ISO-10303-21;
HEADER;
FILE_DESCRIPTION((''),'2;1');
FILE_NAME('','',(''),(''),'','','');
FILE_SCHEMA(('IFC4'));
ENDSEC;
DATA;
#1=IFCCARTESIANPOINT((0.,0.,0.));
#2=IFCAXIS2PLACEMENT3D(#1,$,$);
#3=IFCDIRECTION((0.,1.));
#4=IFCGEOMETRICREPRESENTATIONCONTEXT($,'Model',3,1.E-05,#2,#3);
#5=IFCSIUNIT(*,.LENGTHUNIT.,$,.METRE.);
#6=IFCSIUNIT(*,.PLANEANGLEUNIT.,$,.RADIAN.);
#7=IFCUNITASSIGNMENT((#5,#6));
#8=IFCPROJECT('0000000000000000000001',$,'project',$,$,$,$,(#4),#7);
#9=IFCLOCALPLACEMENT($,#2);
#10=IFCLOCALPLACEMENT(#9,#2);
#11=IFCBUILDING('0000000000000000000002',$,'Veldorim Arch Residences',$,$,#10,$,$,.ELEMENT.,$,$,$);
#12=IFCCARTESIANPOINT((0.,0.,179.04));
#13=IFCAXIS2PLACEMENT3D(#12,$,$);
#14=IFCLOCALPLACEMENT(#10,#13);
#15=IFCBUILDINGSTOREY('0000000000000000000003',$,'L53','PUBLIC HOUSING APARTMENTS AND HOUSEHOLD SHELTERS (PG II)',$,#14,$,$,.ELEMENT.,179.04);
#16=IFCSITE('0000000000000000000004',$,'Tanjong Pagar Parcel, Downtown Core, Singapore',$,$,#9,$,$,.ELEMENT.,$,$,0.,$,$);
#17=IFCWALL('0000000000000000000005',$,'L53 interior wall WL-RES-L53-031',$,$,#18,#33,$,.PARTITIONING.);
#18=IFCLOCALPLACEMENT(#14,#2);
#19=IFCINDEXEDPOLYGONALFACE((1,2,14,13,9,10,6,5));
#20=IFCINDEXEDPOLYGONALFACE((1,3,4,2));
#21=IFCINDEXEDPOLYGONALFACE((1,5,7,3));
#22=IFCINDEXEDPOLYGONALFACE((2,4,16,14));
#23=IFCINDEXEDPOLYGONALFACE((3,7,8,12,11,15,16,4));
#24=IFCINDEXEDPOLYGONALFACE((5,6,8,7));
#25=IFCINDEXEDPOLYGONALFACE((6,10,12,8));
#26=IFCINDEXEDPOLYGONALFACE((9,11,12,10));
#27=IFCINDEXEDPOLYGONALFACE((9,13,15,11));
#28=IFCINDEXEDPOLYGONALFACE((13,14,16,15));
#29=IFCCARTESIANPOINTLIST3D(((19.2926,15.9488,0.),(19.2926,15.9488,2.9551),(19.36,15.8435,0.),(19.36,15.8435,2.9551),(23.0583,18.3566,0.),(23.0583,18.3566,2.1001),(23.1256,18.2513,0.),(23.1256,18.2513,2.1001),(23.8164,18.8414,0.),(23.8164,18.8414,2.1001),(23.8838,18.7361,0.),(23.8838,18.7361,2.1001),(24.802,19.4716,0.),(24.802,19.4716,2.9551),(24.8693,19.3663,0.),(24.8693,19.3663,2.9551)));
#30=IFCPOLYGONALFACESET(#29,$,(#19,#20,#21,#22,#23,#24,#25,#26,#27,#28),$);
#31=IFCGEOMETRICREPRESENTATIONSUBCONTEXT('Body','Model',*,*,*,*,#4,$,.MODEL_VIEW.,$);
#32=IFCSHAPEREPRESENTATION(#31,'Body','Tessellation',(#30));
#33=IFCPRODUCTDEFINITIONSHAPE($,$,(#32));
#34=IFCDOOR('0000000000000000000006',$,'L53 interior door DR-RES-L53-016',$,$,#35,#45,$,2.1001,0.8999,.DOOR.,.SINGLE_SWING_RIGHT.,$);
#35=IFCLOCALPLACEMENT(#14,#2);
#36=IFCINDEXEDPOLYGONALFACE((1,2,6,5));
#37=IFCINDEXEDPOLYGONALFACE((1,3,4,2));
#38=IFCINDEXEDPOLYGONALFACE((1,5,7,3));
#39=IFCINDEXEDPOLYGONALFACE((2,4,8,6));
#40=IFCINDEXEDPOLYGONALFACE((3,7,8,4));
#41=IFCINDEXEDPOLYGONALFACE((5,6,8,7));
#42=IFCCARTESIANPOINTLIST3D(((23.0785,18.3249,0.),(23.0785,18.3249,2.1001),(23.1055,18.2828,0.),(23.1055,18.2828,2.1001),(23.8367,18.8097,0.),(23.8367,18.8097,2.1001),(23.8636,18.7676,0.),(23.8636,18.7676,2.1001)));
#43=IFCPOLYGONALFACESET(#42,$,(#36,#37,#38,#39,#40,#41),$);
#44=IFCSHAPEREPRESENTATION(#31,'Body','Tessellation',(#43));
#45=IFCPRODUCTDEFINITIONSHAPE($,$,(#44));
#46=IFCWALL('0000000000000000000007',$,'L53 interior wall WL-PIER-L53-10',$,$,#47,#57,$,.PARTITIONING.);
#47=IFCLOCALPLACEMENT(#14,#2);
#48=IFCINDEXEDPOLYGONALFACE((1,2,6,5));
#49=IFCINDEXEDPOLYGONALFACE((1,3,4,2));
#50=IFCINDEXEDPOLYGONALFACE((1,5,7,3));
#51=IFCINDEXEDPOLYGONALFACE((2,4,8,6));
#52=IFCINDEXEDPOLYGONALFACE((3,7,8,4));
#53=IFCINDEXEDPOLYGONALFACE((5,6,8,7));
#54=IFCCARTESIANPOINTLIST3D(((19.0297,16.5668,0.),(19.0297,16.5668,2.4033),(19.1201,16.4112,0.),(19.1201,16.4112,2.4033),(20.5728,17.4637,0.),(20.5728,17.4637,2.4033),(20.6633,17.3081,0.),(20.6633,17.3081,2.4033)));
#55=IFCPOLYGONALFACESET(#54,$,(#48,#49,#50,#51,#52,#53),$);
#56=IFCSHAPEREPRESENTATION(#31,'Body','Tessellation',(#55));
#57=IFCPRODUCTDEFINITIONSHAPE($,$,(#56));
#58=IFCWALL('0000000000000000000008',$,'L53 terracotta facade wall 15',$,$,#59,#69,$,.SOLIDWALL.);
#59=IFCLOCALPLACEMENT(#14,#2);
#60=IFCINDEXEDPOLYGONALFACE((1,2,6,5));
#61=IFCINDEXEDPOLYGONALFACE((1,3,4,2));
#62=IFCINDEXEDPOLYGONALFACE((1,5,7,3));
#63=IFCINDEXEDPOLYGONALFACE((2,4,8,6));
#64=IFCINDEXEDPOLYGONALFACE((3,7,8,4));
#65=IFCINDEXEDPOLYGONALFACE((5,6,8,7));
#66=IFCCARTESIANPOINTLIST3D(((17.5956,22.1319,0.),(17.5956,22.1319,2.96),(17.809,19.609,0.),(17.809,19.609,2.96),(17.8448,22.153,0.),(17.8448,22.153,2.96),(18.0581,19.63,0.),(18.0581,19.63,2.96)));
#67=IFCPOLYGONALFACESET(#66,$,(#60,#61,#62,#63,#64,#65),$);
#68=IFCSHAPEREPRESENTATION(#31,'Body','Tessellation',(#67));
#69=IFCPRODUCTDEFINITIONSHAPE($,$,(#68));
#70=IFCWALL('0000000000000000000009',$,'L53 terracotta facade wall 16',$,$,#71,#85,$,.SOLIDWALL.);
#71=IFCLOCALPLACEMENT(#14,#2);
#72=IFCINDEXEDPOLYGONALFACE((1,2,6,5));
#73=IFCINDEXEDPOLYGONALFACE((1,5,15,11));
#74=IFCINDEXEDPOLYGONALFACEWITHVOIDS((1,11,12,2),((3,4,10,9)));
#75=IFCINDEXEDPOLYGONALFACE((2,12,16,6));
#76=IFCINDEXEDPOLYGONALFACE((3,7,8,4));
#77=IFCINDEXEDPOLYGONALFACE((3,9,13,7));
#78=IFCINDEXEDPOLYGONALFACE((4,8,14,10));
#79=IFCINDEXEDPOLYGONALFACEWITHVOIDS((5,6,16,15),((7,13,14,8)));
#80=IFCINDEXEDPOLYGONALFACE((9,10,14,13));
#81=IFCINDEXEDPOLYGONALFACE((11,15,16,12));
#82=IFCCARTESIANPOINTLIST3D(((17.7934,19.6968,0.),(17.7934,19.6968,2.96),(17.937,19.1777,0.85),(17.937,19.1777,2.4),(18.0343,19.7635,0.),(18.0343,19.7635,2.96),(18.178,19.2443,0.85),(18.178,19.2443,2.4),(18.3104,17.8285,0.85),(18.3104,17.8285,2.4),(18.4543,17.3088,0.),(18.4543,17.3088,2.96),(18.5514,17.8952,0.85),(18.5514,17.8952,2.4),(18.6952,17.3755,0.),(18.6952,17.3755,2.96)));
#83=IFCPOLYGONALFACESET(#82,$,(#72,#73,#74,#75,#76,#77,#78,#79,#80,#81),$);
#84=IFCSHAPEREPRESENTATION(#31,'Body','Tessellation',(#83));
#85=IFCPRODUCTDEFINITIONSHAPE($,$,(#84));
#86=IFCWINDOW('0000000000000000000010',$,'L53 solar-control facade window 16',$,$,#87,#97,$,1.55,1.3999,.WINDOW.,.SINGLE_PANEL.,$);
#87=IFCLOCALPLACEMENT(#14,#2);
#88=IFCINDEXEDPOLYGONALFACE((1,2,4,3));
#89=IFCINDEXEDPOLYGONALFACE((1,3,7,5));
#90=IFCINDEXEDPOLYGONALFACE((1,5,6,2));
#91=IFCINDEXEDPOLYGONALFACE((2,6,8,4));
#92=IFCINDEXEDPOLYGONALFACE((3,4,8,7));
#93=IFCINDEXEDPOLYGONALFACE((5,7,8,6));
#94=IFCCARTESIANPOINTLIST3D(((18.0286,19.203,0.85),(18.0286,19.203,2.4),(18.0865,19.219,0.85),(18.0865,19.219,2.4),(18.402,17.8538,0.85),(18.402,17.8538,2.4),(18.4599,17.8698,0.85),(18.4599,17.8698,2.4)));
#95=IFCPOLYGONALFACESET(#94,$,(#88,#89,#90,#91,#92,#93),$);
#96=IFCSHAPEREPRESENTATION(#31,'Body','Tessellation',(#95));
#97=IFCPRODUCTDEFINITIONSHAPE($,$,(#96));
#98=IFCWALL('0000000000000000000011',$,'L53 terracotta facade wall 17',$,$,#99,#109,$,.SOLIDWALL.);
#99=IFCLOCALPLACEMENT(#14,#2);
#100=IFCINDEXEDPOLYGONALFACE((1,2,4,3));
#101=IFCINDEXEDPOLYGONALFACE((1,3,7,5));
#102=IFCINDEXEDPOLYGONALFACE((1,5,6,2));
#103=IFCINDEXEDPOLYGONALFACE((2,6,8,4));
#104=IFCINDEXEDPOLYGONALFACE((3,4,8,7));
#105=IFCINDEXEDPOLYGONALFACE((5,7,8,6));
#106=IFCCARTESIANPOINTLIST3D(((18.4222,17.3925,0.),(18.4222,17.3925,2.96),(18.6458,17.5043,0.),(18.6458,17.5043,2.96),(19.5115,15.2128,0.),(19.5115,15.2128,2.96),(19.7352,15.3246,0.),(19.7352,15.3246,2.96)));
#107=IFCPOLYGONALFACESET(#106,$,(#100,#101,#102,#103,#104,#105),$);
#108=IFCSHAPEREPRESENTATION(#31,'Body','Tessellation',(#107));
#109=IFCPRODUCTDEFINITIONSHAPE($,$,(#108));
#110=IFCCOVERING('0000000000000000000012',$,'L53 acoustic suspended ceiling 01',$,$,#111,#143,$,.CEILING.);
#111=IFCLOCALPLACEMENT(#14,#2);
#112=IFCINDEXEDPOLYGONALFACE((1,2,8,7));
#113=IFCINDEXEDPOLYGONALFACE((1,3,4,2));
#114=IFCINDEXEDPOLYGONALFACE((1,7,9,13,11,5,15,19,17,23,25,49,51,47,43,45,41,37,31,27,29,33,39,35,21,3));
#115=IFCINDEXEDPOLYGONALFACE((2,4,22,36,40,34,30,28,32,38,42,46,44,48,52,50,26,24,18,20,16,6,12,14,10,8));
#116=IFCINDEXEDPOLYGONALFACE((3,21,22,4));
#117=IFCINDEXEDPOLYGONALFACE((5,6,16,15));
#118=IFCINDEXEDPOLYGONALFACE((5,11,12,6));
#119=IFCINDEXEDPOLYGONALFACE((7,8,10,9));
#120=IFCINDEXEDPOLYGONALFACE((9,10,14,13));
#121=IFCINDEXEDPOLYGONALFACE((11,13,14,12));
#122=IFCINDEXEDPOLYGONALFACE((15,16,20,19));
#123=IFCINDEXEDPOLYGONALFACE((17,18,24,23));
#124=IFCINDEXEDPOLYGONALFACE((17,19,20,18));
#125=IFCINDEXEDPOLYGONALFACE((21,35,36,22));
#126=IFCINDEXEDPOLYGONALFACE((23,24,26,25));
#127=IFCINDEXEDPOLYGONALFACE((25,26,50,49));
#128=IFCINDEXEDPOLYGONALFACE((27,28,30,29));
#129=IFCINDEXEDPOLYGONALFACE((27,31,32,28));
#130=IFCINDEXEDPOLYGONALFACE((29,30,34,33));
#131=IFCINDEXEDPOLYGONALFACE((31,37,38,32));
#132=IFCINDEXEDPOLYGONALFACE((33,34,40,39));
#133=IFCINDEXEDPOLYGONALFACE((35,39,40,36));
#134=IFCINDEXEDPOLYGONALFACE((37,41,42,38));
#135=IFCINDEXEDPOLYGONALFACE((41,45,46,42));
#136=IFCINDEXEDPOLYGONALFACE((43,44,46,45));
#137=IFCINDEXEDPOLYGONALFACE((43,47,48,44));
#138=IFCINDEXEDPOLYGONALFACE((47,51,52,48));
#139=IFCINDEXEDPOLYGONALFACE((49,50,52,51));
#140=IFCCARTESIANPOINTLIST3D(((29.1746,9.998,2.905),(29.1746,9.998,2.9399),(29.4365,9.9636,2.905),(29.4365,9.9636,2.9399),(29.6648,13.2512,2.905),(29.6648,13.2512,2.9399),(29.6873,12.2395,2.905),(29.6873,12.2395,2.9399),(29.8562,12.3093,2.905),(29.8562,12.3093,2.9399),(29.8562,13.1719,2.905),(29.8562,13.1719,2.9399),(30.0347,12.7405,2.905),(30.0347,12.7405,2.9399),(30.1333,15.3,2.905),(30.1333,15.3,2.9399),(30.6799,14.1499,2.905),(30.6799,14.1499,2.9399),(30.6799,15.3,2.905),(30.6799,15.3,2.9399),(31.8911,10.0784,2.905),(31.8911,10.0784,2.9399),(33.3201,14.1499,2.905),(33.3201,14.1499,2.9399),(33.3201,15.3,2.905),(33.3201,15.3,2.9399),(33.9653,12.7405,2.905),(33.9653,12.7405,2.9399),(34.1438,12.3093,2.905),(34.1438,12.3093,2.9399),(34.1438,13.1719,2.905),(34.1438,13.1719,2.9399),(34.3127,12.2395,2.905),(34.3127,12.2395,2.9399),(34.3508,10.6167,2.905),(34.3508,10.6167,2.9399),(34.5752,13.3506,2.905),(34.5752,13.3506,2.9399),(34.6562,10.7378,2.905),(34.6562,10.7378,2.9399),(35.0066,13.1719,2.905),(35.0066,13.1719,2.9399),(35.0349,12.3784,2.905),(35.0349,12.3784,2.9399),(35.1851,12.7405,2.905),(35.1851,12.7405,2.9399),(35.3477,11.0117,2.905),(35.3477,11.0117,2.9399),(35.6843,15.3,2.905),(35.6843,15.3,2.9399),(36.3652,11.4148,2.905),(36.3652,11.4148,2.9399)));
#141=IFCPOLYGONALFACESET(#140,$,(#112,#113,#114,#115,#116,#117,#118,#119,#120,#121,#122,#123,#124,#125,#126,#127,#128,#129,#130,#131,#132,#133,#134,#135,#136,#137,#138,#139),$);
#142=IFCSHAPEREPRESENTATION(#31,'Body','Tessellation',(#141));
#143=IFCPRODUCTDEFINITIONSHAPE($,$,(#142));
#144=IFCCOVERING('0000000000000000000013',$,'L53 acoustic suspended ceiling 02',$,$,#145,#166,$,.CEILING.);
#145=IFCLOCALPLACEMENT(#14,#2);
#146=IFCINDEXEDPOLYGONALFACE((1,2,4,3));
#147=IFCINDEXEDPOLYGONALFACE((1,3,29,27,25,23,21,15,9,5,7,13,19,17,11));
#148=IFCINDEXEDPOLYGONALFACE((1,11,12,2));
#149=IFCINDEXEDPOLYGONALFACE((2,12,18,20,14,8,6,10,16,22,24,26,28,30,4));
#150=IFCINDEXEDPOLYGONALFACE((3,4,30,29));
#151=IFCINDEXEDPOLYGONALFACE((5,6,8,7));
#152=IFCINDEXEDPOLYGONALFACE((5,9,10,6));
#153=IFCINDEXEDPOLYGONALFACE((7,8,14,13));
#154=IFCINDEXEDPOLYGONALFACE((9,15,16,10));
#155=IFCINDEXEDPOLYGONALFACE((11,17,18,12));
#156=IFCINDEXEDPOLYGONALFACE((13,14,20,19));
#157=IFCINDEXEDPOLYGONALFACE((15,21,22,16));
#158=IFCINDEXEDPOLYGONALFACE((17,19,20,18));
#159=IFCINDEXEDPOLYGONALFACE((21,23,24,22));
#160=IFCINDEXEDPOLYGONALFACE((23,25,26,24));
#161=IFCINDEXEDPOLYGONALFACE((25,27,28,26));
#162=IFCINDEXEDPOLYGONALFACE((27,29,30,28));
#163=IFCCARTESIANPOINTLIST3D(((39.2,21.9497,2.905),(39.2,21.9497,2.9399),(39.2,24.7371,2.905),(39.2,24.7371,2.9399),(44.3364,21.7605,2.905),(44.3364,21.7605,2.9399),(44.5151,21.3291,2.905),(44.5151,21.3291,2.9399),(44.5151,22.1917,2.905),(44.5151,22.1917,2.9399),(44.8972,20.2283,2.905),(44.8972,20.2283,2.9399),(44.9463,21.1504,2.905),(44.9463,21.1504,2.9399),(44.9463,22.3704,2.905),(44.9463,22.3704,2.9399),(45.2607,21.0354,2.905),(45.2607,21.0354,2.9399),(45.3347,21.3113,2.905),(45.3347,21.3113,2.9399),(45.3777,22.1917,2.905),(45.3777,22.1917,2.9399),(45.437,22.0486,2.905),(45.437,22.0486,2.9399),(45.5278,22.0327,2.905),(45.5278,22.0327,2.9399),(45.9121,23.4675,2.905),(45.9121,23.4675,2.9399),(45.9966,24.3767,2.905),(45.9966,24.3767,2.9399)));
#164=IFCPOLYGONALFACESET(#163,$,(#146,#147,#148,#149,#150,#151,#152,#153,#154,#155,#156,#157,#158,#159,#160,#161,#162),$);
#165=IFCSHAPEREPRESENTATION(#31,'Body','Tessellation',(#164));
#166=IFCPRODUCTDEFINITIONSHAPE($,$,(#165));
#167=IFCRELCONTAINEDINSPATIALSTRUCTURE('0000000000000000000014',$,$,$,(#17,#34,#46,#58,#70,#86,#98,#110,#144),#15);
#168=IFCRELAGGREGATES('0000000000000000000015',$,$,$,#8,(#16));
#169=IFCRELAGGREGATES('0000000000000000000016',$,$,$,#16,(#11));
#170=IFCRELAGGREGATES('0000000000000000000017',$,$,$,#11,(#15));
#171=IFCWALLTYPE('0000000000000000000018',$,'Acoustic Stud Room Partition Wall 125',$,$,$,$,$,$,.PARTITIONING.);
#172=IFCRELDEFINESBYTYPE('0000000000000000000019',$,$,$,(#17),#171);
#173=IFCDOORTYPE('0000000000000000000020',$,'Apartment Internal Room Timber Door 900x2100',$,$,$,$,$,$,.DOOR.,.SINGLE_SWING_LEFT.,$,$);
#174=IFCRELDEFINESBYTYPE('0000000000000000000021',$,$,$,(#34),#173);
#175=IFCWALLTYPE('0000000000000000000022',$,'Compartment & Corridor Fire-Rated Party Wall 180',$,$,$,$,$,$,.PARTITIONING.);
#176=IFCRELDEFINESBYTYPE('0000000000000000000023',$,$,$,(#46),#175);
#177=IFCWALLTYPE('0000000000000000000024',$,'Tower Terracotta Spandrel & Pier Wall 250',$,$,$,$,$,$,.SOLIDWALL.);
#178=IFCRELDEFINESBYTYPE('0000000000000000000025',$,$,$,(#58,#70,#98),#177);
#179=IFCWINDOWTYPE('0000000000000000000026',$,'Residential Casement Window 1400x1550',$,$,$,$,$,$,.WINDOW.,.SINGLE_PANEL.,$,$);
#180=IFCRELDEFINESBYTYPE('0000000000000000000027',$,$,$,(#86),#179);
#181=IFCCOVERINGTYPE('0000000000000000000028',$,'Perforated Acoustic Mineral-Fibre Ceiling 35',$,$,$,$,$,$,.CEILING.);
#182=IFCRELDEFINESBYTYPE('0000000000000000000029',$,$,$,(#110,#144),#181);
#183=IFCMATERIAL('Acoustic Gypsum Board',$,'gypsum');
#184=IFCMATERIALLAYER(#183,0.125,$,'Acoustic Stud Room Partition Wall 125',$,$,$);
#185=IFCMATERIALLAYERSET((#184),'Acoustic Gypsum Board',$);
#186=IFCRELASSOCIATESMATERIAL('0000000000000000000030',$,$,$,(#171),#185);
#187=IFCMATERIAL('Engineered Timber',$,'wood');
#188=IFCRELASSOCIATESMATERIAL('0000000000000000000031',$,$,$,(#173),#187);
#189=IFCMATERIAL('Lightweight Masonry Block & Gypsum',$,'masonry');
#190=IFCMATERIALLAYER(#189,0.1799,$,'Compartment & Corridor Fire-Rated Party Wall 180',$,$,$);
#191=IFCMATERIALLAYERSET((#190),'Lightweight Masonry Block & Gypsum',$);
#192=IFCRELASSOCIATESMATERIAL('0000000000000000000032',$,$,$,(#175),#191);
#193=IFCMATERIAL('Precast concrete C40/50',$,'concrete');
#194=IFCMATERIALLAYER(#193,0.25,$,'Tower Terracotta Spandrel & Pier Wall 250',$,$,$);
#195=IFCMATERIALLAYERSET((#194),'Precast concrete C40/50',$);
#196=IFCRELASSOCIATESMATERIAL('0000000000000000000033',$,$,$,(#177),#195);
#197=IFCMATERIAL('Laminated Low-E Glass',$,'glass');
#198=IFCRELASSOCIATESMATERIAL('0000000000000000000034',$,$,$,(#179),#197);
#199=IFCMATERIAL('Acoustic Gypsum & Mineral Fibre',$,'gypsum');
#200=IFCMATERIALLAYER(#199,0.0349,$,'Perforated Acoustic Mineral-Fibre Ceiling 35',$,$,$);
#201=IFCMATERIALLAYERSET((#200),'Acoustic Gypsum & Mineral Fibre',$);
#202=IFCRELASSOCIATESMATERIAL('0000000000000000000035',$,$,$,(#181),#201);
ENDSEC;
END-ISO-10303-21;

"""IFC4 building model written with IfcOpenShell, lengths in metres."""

from ifc_helpers import new_model, si_unit, direction, frame, frame_2d, origin, place, context, subcontext, project, spatial, polyline, rectangle, outline, extrude, material, layer, layer_set, type_object, element, fill, save


model = new_model("IFC4")

# Units and contexts
model_context = context("Model", 3, precision=1e-05, world=origin(), true_north=direction((0.0, 1.0)))
body_context = subcontext(model_context, "Body", "Model", "MODEL_VIEW")
ifc_project = project(units=[si_unit("LENGTHUNIT", "METRE"), si_unit("PLANEANGLEUNIT", "RADIAN")], contexts=[model_context])

# Site, building, storey
site_placement = place(None, origin())
site = spatial("IfcSite", under=ifc_project, at=site_placement, Name="Tanjong Pagar Parcel, Downtown Core, Singapore", CompositionType="ELEMENT", RefElevation=0.0)
building_placement = place(site_placement, origin())
building = spatial("IfcBuilding", under=site, at=building_placement, Name="Veldorim Arch Residences", CompositionType="ELEMENT")
storey_placement = place(building_placement, frame((0.0, 0.0, 179.04)))
storey = spatial("IfcBuildingStorey", under=building, at=storey_placement, Name="L53", Description="PUBLIC HOUSING APARTMENTS AND HOUSEHOLD SHELTERS (PG II)", CompositionType="ELEMENT", Elevation=179.04)

# Wall, opening, door
ifc_material_1 = material(Name="Acoustic Gypsum Board", Category="gypsum")
ifc_layer_1 = layer(ifc_material_1, 0.125, Name="Acoustic Stud Room Partition Wall 125")
ifc_layer_set_1 = layer_set([ifc_layer_1], Name="Acoustic Gypsum Board")
wall_type_1 = type_object("IfcWallType", Name="Acoustic Stud Room Partition Wall 125", PredefinedType="PARTITIONING", material=ifc_layer_set_1)
wall_1_placement = place(storey_placement, frame((19.3264, 15.8962, 0.0), z_axis=(0.0, 0.0, 1.0), x_axis=(0.842496, 0.538703, 0.0)))
wall_1 = element("IfcWall", 1, at=wall_1_placement, inside=storey, type_object=wall_type_1, Name="L53 interior wall WL-RES-L53-031", PredefinedType="PARTITIONING", context=body_context, shape_type="SweptSolid", body=[
    extrude(rectangle(XDim=6.5393, YDim=0.125, at=frame_2d((3.2695, 0.0))), origin(), (0.0, 0.0, 1.0), 2.9551),
])
opening_1_placement = place(wall_1_placement, frame((4.4695, 0.0, 0.0)))
opening_1 = element("IfcOpeningElement", 2, at=opening_1_placement, cuts=wall_1, PredefinedType="OPENING", context=body_context, shape_type="SweptSolid", body=[
    extrude(rectangle(XDim=0.8999, YDim=2.1001, at=frame_2d((0.45, 1.05))), frame((0.0, 0.0725, 0.0), z_axis=(0.0, -1.0, 0.0), x_axis=(1.0, 0.0, 0.0)), (0.0, 0.0, 1.0), 0.145),
])
ifc_material_2 = material(Name="Engineered Timber", Category="wood")
door_type = type_object("IfcDoorType", Name="Apartment Internal Room Timber Door 900x2100", OperationType="SINGLE_SWING_LEFT", PredefinedType="DOOR", material=ifc_material_2)
door_placement = place(opening_1_placement, origin())
door = element("IfcDoor", 3, at=door_placement, inside=storey, type_object=door_type, Name="L53 interior door DR-RES-L53-016", OperationType="SINGLE_SWING_RIGHT", OverallHeight=2.1001, OverallWidth=0.8999, PredefinedType="DOOR", context=body_context, shape_type="SweptSolid", body=[
    extrude(rectangle(XDim=0.8999, YDim=2.1001, at=frame_2d((0.45, 1.05))), frame((0.0, 0.0249, 0.0), z_axis=(0.0, -1.0, 0.0), x_axis=(1.0, 0.0, 0.0)), (0.0, 0.0, 1.0), 0.05),
])
fill(opening_1, door)

# Walls
ifc_material_3 = material(Name="Lightweight Masonry Block & Gypsum", Category="masonry")
ifc_layer_2 = layer(ifc_material_3, 0.1799, Name="Compartment & Corridor Fire-Rated Party Wall 180")
ifc_layer_set_2 = layer_set([ifc_layer_2], Name="Lightweight Masonry Block & Gypsum")
wall_type_2 = type_object("IfcWallType", Name="Compartment & Corridor Fire-Rated Party Wall 180", PredefinedType="PARTITIONING", material=ifc_layer_set_2)
wall_2_placement = place(storey_placement, frame((20.6182, 17.386, 0.0), z_axis=(0.0, 0.0, 1.0), x_axis=(-0.864567, -0.502518, 0.0)))
element("IfcWall", 4, at=wall_2_placement, inside=storey, type_object=wall_type_2, Name="L53 interior wall WL-PIER-L53-10", PredefinedType="PARTITIONING", context=body_context, shape_type="SweptSolid", body=[
    extrude(rectangle(XDim=1.7849, YDim=0.1799, at=frame_2d((0.8926, 0.0))), origin(), (0.0, 0.0, 1.0), 2.4033),
])
ifc_material_4 = material(Name="Precast concrete C40/50", Category="concrete")
ifc_layer_3 = layer(ifc_material_4, 0.25, Name="Tower Terracotta Spandrel & Pier Wall 250")
ifc_layer_set_3 = layer_set([ifc_layer_3], Name="Precast concrete C40/50")
wall_type_3 = type_object("IfcWallType", Name="Tower Terracotta Spandrel & Pier Wall 250", PredefinedType="SOLIDWALL", material=ifc_layer_set_3)
wall_3_placement = place(storey_placement, frame((17.9336, 19.6194, 0.0), z_axis=(0.0, 0.0, 1.0), x_axis=(-0.084274, 0.996443, 0.0)))
element("IfcWall", 5, at=wall_3_placement, inside=storey, type_object=wall_type_3, Name="L53 terracotta facade wall 15", PredefinedType="SOLIDWALL", context=body_context, shape_type="SweptSolid", body=[
    extrude(rectangle(XDim=2.532, YDim=0.25, at=frame_2d((1.2661, 0.0))), origin(), (0.0, 0.0, 1.0), 2.96),
])

# Wall, opening, window
wall_4_placement = place(storey_placement, frame((18.5747, 17.3423, 0.0), z_axis=(0.0, 0.0, 1.0), x_axis=(-0.266734, 0.96377, 0.0)))
wall_4 = element("IfcWall", 6, at=wall_4_placement, inside=storey, type_object=wall_type_3, Name="L53 terracotta facade wall 16", PredefinedType="SOLIDWALL", context=body_context, shape_type="SweptSolid", body=[
    extrude(rectangle(XDim=2.4778, YDim=0.25, at=frame_2d((1.2388, 0.0))), origin(), (0.0, 0.0, 1.0), 2.96),
])
opening_2_placement = place(wall_4_placement, frame((0.5391, 0.0, 0.8501)))
opening_2 = element("IfcOpeningElement", 7, at=opening_2_placement, cuts=wall_4, PredefinedType="OPENING", context=body_context, shape_type="SweptSolid", body=[
    extrude(rectangle(XDim=1.3999, YDim=1.55, at=frame_2d((0.7, 0.7749))), frame((0.0, 0.135, 0.0), z_axis=(0.0, -1.0, 0.0), x_axis=(1.0, 0.0, 0.0)), (0.0, 0.0, 1.0), 0.27),
])
ifc_material_5 = material(Name="Laminated Low-E Glass", Category="glass")
window_type = type_object("IfcWindowType", Name="Residential Casement Window 1400x1550", PartitioningType="SINGLE_PANEL", PredefinedType="WINDOW", material=ifc_material_5)
window_placement = place(opening_2_placement, origin())
window = element("IfcWindow", 8, at=window_placement, inside=storey, type_object=window_type, Name="L53 solar-control facade window 16", OverallHeight=1.55, OverallWidth=1.3999, PartitioningType="SINGLE_PANEL", PredefinedType="WINDOW", context=body_context, shape_type="SweptSolid", body=[
    extrude(rectangle(XDim=1.3999, YDim=1.55, at=frame_2d((0.7, 0.7749))), frame((0.0, 0.03, 0.0), z_axis=(0.0, -1.0, 0.0), x_axis=(1.0, 0.0, 0.0)), (0.0, 0.0, 1.0), 0.0601),
])
fill(opening_2, window)

# Wall
wall_5_placement = place(storey_placement, frame((19.6233, 15.2688, 0.0), z_axis=(0.0, 0.0, 1.0), x_axis=(-0.447053, 0.894507, 0.0)))
element("IfcWall", 9, at=wall_5_placement, inside=storey, type_object=wall_type_3, Name="L53 terracotta facade wall 17", PredefinedType="SOLIDWALL", context=body_context, shape_type="SweptSolid", body=[
    extrude(rectangle(XDim=2.4368, YDim=0.25, at=frame_2d((1.2183, 0.0))), origin(), (0.0, 0.0, 1.0), 2.96),
])

# Coverings
ifc_material_6 = material(Name="Acoustic Gypsum & Mineral Fibre", Category="gypsum")
ifc_layer_4 = layer(ifc_material_6, 0.0349, Name="Perforated Acoustic Mineral-Fibre Ceiling 35")
ifc_layer_set_4 = layer_set([ifc_layer_4], Name="Acoustic Gypsum & Mineral Fibre")
covering_type_1 = type_object("IfcCoveringType", Name="Perforated Acoustic Mineral-Fibre Ceiling 35", PredefinedType="CEILING", material=ifc_layer_set_4)
covering_1_placement = place(storey_placement, frame((0.0, 0.0, 2.905)))
element("IfcCovering", 10, at=covering_1_placement, inside=storey, type_object=covering_type_1, Name="L53 acoustic suspended ceiling 01", PredefinedType="CEILING", context=body_context, shape_type="SweptSolid", body=[
    extrude(outline(polyline([(35.1851, 12.7405), (35.0066, 13.1719), (34.5752, 13.3506), (34.1438, 13.1719), (33.9653, 12.7405), (34.1438, 12.3093), (34.3127, 12.2395), (34.6562, 10.7378), (34.3508, 10.6167), (31.8911, 10.0784), (29.4365, 9.9636), (29.1746, 9.998), (29.6873, 12.2395), (29.8562, 12.3093), (30.0347, 12.7405), (29.8562, 13.1719), (29.6648, 13.2512), (30.1333, 15.3), (30.6799, 15.3), (30.6799, 14.1499), (33.3201, 14.1499), (33.3201, 15.3), (35.6843, 15.3), (36.3652, 11.4148), (35.3477, 11.0117), (35.0349, 12.3784), (35.1851, 12.7405)])), origin(), (0.0, 0.0, 1.0), 0.0349),
])
covering_2_placement = place(storey_placement, frame((0.0, 0.0, 2.905)))
element("IfcCovering", 11, at=covering_2_placement, inside=storey, type_object=covering_type_1, Name="L53 acoustic suspended ceiling 02", PredefinedType="CEILING", context=body_context, shape_type="SweptSolid", body=[
    extrude(outline(polyline([(45.2607, 21.0354), (44.8972, 20.2283), (39.2, 21.9497), (39.2, 24.7371), (45.9966, 24.3767), (45.9121, 23.4675), (45.5278, 22.0327), (45.437, 22.0486), (45.3777, 22.1917), (44.9463, 22.3704), (44.5151, 22.1917), (44.3364, 21.7605), (44.5151, 21.3291), (44.9463, 21.1504), (45.3347, 21.3113), (45.2607, 21.0354)])), origin(), (0.0, 0.0, 1.0), 0.0349),
])

save(model, "model.ifc")
